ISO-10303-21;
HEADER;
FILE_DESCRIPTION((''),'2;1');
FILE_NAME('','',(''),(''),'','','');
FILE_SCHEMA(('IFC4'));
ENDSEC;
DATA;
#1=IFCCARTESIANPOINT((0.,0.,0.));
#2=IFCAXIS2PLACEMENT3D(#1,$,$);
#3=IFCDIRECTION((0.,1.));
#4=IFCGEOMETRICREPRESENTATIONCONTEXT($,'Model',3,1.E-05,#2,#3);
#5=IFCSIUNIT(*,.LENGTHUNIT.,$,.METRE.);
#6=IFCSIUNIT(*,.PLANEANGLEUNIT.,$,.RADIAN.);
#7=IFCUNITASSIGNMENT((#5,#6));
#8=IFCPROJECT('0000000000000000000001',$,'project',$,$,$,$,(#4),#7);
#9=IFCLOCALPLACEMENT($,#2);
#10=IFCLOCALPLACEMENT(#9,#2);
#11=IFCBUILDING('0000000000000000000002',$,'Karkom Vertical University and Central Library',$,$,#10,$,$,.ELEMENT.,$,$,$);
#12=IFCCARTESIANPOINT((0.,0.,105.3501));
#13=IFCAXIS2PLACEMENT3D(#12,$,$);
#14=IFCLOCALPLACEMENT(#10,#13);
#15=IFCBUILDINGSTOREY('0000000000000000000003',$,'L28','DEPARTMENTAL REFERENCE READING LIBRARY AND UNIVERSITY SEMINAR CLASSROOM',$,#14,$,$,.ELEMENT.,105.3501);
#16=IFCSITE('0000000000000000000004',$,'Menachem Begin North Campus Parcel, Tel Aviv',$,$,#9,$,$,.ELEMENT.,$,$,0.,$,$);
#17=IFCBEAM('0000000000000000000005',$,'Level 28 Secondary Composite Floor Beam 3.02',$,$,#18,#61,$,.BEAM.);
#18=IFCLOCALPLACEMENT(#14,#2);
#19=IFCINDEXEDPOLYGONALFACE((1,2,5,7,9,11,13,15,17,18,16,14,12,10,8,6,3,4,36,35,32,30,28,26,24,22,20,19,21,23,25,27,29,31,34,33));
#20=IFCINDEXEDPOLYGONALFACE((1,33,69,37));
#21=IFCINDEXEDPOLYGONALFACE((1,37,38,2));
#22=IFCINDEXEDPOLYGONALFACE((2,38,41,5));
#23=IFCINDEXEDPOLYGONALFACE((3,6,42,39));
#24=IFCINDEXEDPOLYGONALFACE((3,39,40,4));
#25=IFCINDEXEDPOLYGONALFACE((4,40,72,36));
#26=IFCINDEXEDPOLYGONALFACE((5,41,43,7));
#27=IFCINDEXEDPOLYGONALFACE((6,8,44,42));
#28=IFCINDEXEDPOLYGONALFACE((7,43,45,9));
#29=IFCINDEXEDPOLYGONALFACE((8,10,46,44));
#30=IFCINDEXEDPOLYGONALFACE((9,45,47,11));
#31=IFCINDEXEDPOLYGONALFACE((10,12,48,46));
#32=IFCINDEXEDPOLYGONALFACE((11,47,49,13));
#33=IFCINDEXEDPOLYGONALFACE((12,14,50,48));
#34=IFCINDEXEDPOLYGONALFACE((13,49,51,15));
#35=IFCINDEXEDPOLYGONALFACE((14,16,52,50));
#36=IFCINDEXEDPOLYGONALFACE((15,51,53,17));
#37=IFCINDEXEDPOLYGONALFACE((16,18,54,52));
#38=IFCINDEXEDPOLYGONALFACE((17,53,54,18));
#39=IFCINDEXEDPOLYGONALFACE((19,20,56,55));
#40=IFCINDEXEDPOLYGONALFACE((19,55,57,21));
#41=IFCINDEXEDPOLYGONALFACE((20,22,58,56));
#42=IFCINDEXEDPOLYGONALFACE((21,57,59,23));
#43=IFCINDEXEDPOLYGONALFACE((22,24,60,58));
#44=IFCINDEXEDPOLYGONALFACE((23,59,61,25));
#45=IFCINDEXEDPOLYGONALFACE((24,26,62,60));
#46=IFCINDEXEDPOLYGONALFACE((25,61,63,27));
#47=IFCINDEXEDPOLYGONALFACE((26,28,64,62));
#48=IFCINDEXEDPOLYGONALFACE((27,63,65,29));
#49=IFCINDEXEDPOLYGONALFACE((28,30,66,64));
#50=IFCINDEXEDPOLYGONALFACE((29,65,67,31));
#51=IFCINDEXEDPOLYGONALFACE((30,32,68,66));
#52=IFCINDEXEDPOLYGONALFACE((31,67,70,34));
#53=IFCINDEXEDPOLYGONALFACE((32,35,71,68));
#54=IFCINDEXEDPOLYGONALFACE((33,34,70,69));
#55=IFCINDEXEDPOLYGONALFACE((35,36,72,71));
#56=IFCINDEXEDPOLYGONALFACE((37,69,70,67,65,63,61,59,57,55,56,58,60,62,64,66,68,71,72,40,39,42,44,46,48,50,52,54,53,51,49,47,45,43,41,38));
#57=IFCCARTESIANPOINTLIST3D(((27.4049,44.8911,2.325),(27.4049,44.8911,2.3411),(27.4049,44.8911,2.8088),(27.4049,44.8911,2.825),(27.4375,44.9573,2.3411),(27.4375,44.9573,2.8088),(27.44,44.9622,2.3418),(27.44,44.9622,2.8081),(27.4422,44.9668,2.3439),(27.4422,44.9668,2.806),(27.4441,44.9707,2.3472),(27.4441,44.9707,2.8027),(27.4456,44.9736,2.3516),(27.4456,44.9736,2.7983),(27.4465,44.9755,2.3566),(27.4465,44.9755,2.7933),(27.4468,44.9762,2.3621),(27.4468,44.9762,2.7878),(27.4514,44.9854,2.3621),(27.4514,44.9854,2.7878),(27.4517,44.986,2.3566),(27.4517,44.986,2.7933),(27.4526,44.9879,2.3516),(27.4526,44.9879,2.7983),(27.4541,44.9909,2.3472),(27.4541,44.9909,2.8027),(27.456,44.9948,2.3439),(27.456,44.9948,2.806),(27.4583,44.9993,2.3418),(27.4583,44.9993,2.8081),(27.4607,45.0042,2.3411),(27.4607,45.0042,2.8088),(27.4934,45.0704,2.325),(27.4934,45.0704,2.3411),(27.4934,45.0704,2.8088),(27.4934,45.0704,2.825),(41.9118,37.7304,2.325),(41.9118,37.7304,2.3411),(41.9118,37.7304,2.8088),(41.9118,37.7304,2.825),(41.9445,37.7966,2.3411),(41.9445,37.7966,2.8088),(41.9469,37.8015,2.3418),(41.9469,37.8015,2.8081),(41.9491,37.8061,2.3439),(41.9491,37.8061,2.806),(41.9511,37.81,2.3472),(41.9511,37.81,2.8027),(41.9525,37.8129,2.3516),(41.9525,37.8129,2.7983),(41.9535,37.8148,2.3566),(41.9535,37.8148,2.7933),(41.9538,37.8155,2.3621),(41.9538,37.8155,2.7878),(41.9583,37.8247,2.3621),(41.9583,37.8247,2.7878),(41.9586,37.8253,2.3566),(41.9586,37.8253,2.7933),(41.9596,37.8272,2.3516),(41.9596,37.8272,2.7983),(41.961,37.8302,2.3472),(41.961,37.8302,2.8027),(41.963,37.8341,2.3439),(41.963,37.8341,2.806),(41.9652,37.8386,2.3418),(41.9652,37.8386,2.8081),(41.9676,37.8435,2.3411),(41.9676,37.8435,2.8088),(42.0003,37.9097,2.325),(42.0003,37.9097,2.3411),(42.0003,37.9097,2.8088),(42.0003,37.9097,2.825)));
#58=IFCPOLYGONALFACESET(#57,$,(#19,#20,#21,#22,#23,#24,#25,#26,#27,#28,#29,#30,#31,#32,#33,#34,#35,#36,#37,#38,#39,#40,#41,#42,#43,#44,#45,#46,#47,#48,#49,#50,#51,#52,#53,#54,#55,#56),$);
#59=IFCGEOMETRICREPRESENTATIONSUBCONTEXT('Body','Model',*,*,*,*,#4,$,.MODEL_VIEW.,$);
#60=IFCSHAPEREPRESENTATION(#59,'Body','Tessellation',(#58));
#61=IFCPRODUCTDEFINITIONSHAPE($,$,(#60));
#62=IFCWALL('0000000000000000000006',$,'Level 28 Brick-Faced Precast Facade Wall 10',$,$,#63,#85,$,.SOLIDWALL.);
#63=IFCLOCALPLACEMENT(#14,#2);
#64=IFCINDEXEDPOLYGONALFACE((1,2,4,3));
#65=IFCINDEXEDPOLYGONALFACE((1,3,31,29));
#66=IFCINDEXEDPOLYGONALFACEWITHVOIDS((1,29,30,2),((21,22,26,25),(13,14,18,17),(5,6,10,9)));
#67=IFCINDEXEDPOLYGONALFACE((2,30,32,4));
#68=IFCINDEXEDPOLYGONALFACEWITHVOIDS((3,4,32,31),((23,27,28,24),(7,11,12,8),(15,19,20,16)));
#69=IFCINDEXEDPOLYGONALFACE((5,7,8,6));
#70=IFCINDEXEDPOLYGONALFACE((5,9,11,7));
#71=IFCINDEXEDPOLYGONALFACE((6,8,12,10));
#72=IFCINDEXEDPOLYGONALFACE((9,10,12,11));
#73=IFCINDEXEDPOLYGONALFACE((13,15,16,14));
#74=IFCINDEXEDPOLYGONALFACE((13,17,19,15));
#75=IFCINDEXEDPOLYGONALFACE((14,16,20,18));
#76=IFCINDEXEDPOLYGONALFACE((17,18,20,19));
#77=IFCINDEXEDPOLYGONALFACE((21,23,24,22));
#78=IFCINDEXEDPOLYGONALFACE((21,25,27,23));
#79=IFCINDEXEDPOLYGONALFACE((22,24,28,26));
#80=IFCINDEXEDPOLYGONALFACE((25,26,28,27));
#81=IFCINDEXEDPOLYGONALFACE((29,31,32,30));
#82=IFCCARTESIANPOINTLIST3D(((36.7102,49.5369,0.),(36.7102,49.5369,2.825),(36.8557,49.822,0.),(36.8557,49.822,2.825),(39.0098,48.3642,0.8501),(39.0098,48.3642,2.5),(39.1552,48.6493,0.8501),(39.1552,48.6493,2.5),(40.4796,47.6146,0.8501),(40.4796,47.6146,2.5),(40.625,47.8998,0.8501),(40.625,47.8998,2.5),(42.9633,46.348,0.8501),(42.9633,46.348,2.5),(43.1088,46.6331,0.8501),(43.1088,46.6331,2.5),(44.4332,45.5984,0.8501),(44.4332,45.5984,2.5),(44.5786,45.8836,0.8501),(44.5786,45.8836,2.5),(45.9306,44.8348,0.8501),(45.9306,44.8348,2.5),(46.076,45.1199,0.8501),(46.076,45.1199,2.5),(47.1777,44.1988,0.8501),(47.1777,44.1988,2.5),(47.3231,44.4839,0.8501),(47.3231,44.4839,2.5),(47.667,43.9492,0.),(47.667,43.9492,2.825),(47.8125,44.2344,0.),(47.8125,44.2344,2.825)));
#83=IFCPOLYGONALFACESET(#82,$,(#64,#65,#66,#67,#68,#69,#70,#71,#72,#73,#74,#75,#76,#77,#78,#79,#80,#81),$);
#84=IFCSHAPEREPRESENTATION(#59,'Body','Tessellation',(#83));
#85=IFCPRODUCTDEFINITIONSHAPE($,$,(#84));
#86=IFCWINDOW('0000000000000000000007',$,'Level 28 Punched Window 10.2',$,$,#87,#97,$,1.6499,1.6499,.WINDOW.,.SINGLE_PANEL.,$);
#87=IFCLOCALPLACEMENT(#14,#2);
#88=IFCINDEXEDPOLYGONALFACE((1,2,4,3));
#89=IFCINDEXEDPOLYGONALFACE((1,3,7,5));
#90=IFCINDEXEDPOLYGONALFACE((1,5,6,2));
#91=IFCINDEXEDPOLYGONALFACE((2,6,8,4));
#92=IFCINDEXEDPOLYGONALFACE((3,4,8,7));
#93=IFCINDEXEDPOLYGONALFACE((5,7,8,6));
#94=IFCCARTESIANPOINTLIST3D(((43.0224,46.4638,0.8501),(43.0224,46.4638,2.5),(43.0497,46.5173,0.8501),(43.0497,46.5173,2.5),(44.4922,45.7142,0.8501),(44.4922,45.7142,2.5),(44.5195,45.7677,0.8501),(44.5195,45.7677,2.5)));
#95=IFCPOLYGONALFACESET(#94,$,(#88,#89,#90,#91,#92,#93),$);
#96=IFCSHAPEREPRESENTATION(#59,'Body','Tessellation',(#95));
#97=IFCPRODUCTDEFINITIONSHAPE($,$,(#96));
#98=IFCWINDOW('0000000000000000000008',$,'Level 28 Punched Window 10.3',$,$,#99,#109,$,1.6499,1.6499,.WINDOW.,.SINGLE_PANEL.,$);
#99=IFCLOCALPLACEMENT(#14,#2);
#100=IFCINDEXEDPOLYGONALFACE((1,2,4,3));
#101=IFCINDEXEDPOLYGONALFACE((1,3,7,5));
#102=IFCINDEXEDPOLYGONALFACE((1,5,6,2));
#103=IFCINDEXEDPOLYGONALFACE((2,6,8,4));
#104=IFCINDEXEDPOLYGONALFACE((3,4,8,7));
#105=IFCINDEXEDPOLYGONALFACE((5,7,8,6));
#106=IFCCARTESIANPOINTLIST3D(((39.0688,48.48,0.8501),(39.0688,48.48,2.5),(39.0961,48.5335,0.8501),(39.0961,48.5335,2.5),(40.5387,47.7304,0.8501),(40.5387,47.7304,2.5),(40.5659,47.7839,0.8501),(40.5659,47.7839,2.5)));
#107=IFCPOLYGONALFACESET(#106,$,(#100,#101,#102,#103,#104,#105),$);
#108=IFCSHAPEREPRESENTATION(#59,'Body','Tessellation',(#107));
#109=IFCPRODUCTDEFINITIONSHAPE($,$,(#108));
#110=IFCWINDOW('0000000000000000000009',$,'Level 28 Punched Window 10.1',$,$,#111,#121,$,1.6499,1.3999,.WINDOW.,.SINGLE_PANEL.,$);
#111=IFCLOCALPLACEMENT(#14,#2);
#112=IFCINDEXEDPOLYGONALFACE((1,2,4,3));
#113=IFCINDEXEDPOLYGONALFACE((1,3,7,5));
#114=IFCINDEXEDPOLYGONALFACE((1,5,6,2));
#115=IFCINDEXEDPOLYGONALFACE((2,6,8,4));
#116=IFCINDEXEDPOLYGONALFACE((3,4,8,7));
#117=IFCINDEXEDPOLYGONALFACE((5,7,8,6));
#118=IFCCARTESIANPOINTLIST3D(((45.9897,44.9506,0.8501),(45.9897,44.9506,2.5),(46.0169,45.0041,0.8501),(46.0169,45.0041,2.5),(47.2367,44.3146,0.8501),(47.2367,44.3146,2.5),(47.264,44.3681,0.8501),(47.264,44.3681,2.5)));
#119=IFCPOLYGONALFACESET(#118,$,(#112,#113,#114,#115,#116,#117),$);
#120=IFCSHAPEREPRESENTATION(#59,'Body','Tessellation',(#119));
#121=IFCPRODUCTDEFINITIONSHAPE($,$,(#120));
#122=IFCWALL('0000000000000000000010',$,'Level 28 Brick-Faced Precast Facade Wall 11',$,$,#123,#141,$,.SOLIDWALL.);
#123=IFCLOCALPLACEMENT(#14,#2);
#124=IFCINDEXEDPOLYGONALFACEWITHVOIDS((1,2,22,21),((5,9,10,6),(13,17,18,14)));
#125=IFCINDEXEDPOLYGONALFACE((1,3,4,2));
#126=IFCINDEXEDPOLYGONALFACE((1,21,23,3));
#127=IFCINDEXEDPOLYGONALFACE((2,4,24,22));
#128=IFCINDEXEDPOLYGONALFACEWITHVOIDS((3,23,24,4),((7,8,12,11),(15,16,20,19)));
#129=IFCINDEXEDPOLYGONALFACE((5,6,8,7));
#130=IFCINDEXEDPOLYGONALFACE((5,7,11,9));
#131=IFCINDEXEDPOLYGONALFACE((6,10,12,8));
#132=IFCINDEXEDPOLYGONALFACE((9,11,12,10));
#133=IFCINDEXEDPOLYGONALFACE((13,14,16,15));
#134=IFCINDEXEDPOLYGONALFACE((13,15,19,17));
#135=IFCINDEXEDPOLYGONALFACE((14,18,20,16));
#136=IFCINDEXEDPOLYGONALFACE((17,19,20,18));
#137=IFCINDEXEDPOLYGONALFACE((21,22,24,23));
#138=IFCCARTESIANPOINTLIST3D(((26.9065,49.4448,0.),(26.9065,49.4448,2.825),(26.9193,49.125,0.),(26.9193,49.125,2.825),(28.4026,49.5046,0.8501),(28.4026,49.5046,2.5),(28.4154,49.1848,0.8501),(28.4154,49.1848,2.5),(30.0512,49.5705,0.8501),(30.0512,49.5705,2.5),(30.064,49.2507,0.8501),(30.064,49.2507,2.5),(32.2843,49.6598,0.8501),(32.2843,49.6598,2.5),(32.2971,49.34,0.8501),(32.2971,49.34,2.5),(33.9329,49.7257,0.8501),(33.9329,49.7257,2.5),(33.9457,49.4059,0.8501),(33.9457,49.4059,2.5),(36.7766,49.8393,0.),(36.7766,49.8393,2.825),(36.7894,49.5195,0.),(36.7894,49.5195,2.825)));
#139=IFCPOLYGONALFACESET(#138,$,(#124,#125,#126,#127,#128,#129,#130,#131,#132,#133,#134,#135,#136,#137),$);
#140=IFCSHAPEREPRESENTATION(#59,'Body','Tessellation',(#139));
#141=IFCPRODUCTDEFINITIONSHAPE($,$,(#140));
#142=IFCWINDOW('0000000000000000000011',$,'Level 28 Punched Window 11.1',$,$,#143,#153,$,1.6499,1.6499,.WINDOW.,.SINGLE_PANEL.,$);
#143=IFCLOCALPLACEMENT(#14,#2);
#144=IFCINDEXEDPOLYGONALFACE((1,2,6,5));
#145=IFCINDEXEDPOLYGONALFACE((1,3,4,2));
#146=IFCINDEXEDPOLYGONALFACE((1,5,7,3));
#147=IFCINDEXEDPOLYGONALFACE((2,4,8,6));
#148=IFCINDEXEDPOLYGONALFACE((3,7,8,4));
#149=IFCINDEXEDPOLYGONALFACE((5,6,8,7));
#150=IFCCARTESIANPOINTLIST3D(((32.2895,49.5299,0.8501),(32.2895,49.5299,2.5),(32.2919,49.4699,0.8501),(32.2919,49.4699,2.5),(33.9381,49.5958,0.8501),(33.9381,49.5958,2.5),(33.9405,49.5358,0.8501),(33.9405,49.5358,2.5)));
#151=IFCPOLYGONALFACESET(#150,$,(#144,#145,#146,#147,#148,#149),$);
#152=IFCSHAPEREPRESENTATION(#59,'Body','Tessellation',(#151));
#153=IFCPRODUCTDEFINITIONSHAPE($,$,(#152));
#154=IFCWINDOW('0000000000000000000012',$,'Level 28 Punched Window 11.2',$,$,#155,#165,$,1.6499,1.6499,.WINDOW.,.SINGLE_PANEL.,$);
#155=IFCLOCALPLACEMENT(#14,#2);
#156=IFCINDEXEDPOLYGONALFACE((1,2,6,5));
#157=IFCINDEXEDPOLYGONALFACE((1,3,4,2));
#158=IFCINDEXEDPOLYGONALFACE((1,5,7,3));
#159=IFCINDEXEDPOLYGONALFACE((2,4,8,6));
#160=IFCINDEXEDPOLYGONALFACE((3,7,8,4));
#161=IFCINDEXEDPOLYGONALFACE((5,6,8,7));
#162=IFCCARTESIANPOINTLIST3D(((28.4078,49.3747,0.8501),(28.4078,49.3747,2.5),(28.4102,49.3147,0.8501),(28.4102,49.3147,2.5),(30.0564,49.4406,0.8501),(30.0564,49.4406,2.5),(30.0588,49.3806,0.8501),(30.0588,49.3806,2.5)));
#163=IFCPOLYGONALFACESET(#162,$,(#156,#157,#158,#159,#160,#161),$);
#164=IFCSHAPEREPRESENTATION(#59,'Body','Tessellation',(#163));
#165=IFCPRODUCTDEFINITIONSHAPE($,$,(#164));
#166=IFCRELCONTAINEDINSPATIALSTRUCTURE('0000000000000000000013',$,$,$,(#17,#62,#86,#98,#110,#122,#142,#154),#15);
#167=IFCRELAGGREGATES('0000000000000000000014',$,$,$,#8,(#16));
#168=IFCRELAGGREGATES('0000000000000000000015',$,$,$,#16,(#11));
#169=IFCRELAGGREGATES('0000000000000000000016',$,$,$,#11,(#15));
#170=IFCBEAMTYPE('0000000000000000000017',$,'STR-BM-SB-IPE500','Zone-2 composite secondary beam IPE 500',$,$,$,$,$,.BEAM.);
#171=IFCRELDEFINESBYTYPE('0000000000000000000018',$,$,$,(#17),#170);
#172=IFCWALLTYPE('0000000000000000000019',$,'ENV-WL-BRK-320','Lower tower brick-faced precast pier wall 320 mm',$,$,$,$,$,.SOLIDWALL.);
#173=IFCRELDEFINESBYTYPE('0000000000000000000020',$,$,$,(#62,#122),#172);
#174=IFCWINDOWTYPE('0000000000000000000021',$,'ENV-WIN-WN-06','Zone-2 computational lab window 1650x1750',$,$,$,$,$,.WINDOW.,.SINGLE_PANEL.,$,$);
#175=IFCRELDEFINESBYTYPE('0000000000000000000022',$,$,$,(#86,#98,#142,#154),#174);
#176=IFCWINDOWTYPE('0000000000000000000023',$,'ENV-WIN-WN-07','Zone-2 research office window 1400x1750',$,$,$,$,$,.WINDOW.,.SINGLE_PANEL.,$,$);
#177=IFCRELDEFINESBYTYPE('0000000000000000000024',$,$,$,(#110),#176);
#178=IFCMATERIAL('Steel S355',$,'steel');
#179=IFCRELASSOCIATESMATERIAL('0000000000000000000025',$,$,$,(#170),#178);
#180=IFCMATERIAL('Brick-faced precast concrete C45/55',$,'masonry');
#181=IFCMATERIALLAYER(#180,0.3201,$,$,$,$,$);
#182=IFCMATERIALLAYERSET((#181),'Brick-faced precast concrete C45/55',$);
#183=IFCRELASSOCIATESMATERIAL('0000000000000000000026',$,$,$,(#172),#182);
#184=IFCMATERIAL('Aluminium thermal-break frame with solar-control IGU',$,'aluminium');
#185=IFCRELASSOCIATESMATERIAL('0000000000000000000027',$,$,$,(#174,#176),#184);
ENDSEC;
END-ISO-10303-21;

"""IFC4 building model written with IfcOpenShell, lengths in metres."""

from ifc_helpers import new_model, si_unit, direction, frame, frame_2d, origin, origin_with_axes, origin_2d, place, context, subcontext, project, spatial, rectangle, i_section, extrude, source, transform, mapped, material, layer, layer_set, material_profile, profile_set, type_object, element, fill, save


model = new_model("IFC4")

# Units and contexts
model_context = context("Model", 3, precision=1e-05, world=origin(), true_north=direction((0.0, 1.0)))
body_context = subcontext(model_context, "Body", "Model", "MODEL_VIEW")
ifc_project = project(units=[si_unit("LENGTHUNIT", "METRE"), si_unit("PLANEANGLEUNIT", "RADIAN")], contexts=[model_context])

# Site, building, storey
site_placement = place(None, origin())
site = spatial("IfcSite", under=ifc_project, at=site_placement, Name="Menachem Begin North Campus Parcel, Tel Aviv", CompositionType="ELEMENT", RefElevation=0.0)
building_placement = place(site_placement, origin())
building = spatial("IfcBuilding", under=site, at=building_placement, Name="Karkom Vertical University and Central Library", CompositionType="ELEMENT")
storey_placement = place(building_placement, frame((0.0, 0.0, 105.3501)))
storey = spatial("IfcBuildingStorey", under=building, at=storey_placement, Name="L28", Description="DEPARTMENTAL REFERENCE READING LIBRARY AND UNIVERSITY SEMINAR CLASSROOM", CompositionType="ELEMENT", Elevation=105.3501)

# Beam
ifc_material_1 = material(Name="Steel S355", Category="steel")
ifc_material_profile_1 = material_profile(ifc_material_1, i_section(OverallWidth=0.2, OverallDepth=0.5, WebThickness=0.0103, FlangeThickness=0.0161, FilletRadius=0.021, at=origin_2d()), Name="IPE 500")
ifc_profile_set_1 = profile_set([ifc_material_profile_1], Name="Steel S355")
beam_type_1 = type_object("IfcBeamType", Name="STR-BM-SB-IPE500", Description="Zone-2 composite secondary beam IPE 500", PredefinedType="BEAM", material=ifc_profile_set_1)
shared_shape_1 = source(origin_with_axes(), body_context, "Body", "SweptSolid", [
    extrude(i_section(OverallWidth=0.2, OverallDepth=0.5, WebThickness=0.0103, FlangeThickness=0.0161, FilletRadius=0.021, at=origin_2d()), origin(), (0.0, 0.0, 1.0), 16.178),
])
beam_1_placement = place(storey_placement, frame((41.9561, 37.8201, 2.575), z_axis=(-0.896709, 0.44262, 0.0), x_axis=(-0.44262, -0.896709, 0.0)))
element("IfcBeam", 1, at=beam_1_placement, inside=storey, type_object=beam_type_1, Name="Level 28 Secondary Composite Floor Beam 3.02", PredefinedType="BEAM", context=body_context, shape_type="MappedRepresentation", body=[
    mapped(shared_shape_1, transform((0.0, 0.0, 0.0), scale=1.0)),
])

# Walls, openings, windows
ifc_material_2 = material(Name="Brick-faced precast concrete C45/55", Category="masonry")
ifc_layer_1 = layer(ifc_material_2, 0.3201)
ifc_layer_set_1 = layer_set([ifc_layer_1], Name="Brick-faced precast concrete C45/55")
wall_type_1 = type_object("IfcWallType", Name="ENV-WL-BRK-320", Description="Lower tower brick-faced precast pier wall 320 mm", PredefinedType="SOLIDWALL", material=ifc_layer_set_1)
wall_1_placement = place(storey_placement, frame((47.7397, 44.0918, 0.0), z_axis=(0.0, 0.0, 1.0), x_axis=(-0.890846, 0.454306, 0.0)))
wall_1 = element("IfcWall", 2, at=wall_1_placement, inside=storey, type_object=wall_type_1, Name="Level 28 Brick-Faced Precast Facade Wall 10", PredefinedType="SOLIDWALL", context=body_context, shape_type="SweptSolid", body=[
    extrude(rectangle(XDim=12.2993, YDim=0.3201, at=frame_2d((6.1497, 0.0))), origin(), (0.0, 0.0, 1.0), 2.825),
])
opening_1_placement = place(wall_1_placement, frame((0.5493, 0.0, 0.8501)))
opening_1 = element("IfcOpeningElement", 3, at=opening_1_placement, cuts=wall_1, PredefinedType="OPENING", context=body_context, shape_type="SweptSolid", body=[
    extrude(rectangle(XDim=1.3999, YDim=1.6499, at=frame_2d((0.7, 0.825))), frame((0.0, 0.1699, 0.0), z_axis=(0.0, -1.0, 0.0), x_axis=(1.0, 0.0, 0.0)), (0.0, 0.0, 1.0), 0.3401),
])
opening_2_placement = place(wall_1_placement, frame((3.6301, 0.0, 0.8501)))
opening_2 = element("IfcOpeningElement", 4, at=opening_2_placement, cuts=wall_1, PredefinedType="OPENING", context=body_context, shape_type="SweptSolid", body=[
    extrude(rectangle(XDim=1.6499, YDim=1.6499, at=frame_2d((0.825, 0.825))), frame((0.0, 0.1699, 0.0), z_axis=(0.0, -1.0, 0.0), x_axis=(1.0, 0.0, 0.0)), (0.0, 0.0, 1.0), 0.3401),
])
opening_3_placement = place(wall_1_placement, frame((8.0681, 0.0, 0.8501)))
opening_3 = element("IfcOpeningElement", 5, at=opening_3_placement, cuts=wall_1, PredefinedType="OPENING", context=body_context, shape_type="SweptSolid", body=[
    extrude(rectangle(XDim=1.6499, YDim=1.6499, at=frame_2d((0.825, 0.825))), frame((0.0, 0.1699, 0.0), z_axis=(0.0, -1.0, 0.0), x_axis=(1.0, 0.0, 0.0)), (0.0, 0.0, 1.0), 0.3401),
])
ifc_material_3 = material(Name="Aluminium thermal-break frame with solar-control IGU", Category="aluminium")
window_type_1 = type_object("IfcWindowType", Name="ENV-WIN-WN-06", Description="Zone-2 computational lab window 1650x1750", PartitioningType="SINGLE_PANEL", PredefinedType="WINDOW", material=ifc_material_3)
shared_shape_2 = source(origin_with_axes(), body_context, "Body", "SweptSolid", [
    extrude(rectangle(XDim=1.6499, YDim=1.6499, at=frame_2d((0.825, 0.825))), frame((0.0, 0.03, 0.0), z_axis=(0.0, -1.0, 0.0), x_axis=(1.0, 0.0, 0.0)), (0.0, 0.0, 1.0), 0.0601),
])
window_1_placement = place(opening_2_placement, origin())
window_1 = element("IfcWindow", 6, at=window_1_placement, inside=storey, type_object=window_type_1, Name="Level 28 Punched Window 10.2", OverallHeight=1.6499, OverallWidth=1.6499, PartitioningType="SINGLE_PANEL", PredefinedType="WINDOW", context=body_context, shape_type="MappedRepresentation", body=[
    mapped(shared_shape_2, transform((0.0, 0.0, 0.0), scale=1.0)),
])
fill(opening_2, window_1)
window_2_placement = place(opening_3_placement, origin())
window_2 = element("IfcWindow", 7, at=window_2_placement, inside=storey, type_object=window_type_1, Name="Level 28 Punched Window 10.3", OverallHeight=1.6499, OverallWidth=1.6499, PartitioningType="SINGLE_PANEL", PredefinedType="WINDOW", context=body_context, shape_type="MappedRepresentation", body=[
    mapped(shared_shape_2, transform((0.0, 0.0, 0.0), scale=1.0)),
])
fill(opening_3, window_2)
window_type_2 = type_object("IfcWindowType", Name="ENV-WIN-WN-07", Description="Zone-2 research office window 1400x1750", PartitioningType="SINGLE_PANEL", PredefinedType="WINDOW", material=ifc_material_3)
shared_shape_3 = source(origin_with_axes(), body_context, "Body", "SweptSolid", [
    extrude(rectangle(XDim=1.3999, YDim=1.6499, at=frame_2d((0.7, 0.825))), frame((0.0, 0.03, 0.0), z_axis=(0.0, -1.0, 0.0), x_axis=(1.0, 0.0, 0.0)), (0.0, 0.0, 1.0), 0.0601),
])
window_3_placement = place(opening_1_placement, origin())
window_3 = element("IfcWindow", 8, at=window_3_placement, inside=storey, type_object=window_type_2, Name="Level 28 Punched Window 10.1", OverallHeight=1.6499, OverallWidth=1.3999, PartitioningType="SINGLE_PANEL", PredefinedType="WINDOW", context=body_context, shape_type="MappedRepresentation", body=[
    mapped(shared_shape_3, transform((0.0, 0.0, 0.0), scale=1.0)),
])
fill(opening_1, window_3)
wall_2_placement = place(storey_placement, frame((36.783, 49.6794, 0.0), z_axis=(0.0, 0.0, 1.0), x_axis=(-0.999202, -0.03994, 0.0)))
wall_2 = element("IfcWall", 9, at=wall_2_placement, inside=storey, type_object=wall_type_1, Name="Level 28 Brick-Faced Precast Facade Wall 11", PredefinedType="SOLIDWALL", context=body_context, shape_type="SweptSolid", body=[
    extrude(rectangle(XDim=9.8779, YDim=0.3201, at=frame_2d((4.939, 0.0))), origin(), (0.0, 0.0, 1.0), 2.825),
])
opening_4_placement = place(wall_2_placement, frame((2.8459, 0.0, 0.8501)))
opening_4 = element("IfcOpeningElement", 10, at=opening_4_placement, cuts=wall_2, PredefinedType="OPENING", context=body_context, shape_type="SweptSolid", body=[
    extrude(rectangle(XDim=1.6499, YDim=1.6499, at=frame_2d((0.825, 0.825))), frame((0.0, 0.1699, 0.0), z_axis=(0.0, -1.0, 0.0), x_axis=(1.0, 0.0, 0.0)), (0.0, 0.0, 1.0), 0.3401),
])
opening_5_placement = place(wall_2_placement, frame((6.7307, 0.0, 0.8501)))
opening_5 = element("IfcOpeningElement", 11, at=opening_5_placement, cuts=wall_2, PredefinedType="OPENING", context=body_context, shape_type="SweptSolid", body=[
    extrude(rectangle(XDim=1.6499, YDim=1.6499, at=frame_2d((0.825, 0.825))), frame((0.0, 0.1699, 0.0), z_axis=(0.0, -1.0, 0.0), x_axis=(1.0, 0.0, 0.0)), (0.0, 0.0, 1.0), 0.3401),
])
window_4_placement = place(opening_4_placement, origin())
window_4 = element("IfcWindow", 12, at=window_4_placement, inside=storey, type_object=window_type_1, Name="Level 28 Punched Window 11.1", OverallHeight=1.6499, OverallWidth=1.6499, PartitioningType="SINGLE_PANEL", PredefinedType="WINDOW", context=body_context, shape_type="MappedRepresentation", body=[
    mapped(shared_shape_2, transform((0.0, 0.0, 0.0), scale=1.0)),
])
fill(opening_4, window_4)
window_5_placement = place(opening_5_placement, origin())
window_5 = element("IfcWindow", 13, at=window_5_placement, inside=storey, type_object=window_type_1, Name="Level 28 Punched Window 11.2", OverallHeight=1.6499, OverallWidth=1.6499, PartitioningType="SINGLE_PANEL", PredefinedType="WINDOW", context=body_context, shape_type="MappedRepresentation", body=[
    mapped(shared_shape_2, transform((0.0, 0.0, 0.0), scale=1.0)),
])
fill(opening_5, window_5)

save(model, "model.ifc")
